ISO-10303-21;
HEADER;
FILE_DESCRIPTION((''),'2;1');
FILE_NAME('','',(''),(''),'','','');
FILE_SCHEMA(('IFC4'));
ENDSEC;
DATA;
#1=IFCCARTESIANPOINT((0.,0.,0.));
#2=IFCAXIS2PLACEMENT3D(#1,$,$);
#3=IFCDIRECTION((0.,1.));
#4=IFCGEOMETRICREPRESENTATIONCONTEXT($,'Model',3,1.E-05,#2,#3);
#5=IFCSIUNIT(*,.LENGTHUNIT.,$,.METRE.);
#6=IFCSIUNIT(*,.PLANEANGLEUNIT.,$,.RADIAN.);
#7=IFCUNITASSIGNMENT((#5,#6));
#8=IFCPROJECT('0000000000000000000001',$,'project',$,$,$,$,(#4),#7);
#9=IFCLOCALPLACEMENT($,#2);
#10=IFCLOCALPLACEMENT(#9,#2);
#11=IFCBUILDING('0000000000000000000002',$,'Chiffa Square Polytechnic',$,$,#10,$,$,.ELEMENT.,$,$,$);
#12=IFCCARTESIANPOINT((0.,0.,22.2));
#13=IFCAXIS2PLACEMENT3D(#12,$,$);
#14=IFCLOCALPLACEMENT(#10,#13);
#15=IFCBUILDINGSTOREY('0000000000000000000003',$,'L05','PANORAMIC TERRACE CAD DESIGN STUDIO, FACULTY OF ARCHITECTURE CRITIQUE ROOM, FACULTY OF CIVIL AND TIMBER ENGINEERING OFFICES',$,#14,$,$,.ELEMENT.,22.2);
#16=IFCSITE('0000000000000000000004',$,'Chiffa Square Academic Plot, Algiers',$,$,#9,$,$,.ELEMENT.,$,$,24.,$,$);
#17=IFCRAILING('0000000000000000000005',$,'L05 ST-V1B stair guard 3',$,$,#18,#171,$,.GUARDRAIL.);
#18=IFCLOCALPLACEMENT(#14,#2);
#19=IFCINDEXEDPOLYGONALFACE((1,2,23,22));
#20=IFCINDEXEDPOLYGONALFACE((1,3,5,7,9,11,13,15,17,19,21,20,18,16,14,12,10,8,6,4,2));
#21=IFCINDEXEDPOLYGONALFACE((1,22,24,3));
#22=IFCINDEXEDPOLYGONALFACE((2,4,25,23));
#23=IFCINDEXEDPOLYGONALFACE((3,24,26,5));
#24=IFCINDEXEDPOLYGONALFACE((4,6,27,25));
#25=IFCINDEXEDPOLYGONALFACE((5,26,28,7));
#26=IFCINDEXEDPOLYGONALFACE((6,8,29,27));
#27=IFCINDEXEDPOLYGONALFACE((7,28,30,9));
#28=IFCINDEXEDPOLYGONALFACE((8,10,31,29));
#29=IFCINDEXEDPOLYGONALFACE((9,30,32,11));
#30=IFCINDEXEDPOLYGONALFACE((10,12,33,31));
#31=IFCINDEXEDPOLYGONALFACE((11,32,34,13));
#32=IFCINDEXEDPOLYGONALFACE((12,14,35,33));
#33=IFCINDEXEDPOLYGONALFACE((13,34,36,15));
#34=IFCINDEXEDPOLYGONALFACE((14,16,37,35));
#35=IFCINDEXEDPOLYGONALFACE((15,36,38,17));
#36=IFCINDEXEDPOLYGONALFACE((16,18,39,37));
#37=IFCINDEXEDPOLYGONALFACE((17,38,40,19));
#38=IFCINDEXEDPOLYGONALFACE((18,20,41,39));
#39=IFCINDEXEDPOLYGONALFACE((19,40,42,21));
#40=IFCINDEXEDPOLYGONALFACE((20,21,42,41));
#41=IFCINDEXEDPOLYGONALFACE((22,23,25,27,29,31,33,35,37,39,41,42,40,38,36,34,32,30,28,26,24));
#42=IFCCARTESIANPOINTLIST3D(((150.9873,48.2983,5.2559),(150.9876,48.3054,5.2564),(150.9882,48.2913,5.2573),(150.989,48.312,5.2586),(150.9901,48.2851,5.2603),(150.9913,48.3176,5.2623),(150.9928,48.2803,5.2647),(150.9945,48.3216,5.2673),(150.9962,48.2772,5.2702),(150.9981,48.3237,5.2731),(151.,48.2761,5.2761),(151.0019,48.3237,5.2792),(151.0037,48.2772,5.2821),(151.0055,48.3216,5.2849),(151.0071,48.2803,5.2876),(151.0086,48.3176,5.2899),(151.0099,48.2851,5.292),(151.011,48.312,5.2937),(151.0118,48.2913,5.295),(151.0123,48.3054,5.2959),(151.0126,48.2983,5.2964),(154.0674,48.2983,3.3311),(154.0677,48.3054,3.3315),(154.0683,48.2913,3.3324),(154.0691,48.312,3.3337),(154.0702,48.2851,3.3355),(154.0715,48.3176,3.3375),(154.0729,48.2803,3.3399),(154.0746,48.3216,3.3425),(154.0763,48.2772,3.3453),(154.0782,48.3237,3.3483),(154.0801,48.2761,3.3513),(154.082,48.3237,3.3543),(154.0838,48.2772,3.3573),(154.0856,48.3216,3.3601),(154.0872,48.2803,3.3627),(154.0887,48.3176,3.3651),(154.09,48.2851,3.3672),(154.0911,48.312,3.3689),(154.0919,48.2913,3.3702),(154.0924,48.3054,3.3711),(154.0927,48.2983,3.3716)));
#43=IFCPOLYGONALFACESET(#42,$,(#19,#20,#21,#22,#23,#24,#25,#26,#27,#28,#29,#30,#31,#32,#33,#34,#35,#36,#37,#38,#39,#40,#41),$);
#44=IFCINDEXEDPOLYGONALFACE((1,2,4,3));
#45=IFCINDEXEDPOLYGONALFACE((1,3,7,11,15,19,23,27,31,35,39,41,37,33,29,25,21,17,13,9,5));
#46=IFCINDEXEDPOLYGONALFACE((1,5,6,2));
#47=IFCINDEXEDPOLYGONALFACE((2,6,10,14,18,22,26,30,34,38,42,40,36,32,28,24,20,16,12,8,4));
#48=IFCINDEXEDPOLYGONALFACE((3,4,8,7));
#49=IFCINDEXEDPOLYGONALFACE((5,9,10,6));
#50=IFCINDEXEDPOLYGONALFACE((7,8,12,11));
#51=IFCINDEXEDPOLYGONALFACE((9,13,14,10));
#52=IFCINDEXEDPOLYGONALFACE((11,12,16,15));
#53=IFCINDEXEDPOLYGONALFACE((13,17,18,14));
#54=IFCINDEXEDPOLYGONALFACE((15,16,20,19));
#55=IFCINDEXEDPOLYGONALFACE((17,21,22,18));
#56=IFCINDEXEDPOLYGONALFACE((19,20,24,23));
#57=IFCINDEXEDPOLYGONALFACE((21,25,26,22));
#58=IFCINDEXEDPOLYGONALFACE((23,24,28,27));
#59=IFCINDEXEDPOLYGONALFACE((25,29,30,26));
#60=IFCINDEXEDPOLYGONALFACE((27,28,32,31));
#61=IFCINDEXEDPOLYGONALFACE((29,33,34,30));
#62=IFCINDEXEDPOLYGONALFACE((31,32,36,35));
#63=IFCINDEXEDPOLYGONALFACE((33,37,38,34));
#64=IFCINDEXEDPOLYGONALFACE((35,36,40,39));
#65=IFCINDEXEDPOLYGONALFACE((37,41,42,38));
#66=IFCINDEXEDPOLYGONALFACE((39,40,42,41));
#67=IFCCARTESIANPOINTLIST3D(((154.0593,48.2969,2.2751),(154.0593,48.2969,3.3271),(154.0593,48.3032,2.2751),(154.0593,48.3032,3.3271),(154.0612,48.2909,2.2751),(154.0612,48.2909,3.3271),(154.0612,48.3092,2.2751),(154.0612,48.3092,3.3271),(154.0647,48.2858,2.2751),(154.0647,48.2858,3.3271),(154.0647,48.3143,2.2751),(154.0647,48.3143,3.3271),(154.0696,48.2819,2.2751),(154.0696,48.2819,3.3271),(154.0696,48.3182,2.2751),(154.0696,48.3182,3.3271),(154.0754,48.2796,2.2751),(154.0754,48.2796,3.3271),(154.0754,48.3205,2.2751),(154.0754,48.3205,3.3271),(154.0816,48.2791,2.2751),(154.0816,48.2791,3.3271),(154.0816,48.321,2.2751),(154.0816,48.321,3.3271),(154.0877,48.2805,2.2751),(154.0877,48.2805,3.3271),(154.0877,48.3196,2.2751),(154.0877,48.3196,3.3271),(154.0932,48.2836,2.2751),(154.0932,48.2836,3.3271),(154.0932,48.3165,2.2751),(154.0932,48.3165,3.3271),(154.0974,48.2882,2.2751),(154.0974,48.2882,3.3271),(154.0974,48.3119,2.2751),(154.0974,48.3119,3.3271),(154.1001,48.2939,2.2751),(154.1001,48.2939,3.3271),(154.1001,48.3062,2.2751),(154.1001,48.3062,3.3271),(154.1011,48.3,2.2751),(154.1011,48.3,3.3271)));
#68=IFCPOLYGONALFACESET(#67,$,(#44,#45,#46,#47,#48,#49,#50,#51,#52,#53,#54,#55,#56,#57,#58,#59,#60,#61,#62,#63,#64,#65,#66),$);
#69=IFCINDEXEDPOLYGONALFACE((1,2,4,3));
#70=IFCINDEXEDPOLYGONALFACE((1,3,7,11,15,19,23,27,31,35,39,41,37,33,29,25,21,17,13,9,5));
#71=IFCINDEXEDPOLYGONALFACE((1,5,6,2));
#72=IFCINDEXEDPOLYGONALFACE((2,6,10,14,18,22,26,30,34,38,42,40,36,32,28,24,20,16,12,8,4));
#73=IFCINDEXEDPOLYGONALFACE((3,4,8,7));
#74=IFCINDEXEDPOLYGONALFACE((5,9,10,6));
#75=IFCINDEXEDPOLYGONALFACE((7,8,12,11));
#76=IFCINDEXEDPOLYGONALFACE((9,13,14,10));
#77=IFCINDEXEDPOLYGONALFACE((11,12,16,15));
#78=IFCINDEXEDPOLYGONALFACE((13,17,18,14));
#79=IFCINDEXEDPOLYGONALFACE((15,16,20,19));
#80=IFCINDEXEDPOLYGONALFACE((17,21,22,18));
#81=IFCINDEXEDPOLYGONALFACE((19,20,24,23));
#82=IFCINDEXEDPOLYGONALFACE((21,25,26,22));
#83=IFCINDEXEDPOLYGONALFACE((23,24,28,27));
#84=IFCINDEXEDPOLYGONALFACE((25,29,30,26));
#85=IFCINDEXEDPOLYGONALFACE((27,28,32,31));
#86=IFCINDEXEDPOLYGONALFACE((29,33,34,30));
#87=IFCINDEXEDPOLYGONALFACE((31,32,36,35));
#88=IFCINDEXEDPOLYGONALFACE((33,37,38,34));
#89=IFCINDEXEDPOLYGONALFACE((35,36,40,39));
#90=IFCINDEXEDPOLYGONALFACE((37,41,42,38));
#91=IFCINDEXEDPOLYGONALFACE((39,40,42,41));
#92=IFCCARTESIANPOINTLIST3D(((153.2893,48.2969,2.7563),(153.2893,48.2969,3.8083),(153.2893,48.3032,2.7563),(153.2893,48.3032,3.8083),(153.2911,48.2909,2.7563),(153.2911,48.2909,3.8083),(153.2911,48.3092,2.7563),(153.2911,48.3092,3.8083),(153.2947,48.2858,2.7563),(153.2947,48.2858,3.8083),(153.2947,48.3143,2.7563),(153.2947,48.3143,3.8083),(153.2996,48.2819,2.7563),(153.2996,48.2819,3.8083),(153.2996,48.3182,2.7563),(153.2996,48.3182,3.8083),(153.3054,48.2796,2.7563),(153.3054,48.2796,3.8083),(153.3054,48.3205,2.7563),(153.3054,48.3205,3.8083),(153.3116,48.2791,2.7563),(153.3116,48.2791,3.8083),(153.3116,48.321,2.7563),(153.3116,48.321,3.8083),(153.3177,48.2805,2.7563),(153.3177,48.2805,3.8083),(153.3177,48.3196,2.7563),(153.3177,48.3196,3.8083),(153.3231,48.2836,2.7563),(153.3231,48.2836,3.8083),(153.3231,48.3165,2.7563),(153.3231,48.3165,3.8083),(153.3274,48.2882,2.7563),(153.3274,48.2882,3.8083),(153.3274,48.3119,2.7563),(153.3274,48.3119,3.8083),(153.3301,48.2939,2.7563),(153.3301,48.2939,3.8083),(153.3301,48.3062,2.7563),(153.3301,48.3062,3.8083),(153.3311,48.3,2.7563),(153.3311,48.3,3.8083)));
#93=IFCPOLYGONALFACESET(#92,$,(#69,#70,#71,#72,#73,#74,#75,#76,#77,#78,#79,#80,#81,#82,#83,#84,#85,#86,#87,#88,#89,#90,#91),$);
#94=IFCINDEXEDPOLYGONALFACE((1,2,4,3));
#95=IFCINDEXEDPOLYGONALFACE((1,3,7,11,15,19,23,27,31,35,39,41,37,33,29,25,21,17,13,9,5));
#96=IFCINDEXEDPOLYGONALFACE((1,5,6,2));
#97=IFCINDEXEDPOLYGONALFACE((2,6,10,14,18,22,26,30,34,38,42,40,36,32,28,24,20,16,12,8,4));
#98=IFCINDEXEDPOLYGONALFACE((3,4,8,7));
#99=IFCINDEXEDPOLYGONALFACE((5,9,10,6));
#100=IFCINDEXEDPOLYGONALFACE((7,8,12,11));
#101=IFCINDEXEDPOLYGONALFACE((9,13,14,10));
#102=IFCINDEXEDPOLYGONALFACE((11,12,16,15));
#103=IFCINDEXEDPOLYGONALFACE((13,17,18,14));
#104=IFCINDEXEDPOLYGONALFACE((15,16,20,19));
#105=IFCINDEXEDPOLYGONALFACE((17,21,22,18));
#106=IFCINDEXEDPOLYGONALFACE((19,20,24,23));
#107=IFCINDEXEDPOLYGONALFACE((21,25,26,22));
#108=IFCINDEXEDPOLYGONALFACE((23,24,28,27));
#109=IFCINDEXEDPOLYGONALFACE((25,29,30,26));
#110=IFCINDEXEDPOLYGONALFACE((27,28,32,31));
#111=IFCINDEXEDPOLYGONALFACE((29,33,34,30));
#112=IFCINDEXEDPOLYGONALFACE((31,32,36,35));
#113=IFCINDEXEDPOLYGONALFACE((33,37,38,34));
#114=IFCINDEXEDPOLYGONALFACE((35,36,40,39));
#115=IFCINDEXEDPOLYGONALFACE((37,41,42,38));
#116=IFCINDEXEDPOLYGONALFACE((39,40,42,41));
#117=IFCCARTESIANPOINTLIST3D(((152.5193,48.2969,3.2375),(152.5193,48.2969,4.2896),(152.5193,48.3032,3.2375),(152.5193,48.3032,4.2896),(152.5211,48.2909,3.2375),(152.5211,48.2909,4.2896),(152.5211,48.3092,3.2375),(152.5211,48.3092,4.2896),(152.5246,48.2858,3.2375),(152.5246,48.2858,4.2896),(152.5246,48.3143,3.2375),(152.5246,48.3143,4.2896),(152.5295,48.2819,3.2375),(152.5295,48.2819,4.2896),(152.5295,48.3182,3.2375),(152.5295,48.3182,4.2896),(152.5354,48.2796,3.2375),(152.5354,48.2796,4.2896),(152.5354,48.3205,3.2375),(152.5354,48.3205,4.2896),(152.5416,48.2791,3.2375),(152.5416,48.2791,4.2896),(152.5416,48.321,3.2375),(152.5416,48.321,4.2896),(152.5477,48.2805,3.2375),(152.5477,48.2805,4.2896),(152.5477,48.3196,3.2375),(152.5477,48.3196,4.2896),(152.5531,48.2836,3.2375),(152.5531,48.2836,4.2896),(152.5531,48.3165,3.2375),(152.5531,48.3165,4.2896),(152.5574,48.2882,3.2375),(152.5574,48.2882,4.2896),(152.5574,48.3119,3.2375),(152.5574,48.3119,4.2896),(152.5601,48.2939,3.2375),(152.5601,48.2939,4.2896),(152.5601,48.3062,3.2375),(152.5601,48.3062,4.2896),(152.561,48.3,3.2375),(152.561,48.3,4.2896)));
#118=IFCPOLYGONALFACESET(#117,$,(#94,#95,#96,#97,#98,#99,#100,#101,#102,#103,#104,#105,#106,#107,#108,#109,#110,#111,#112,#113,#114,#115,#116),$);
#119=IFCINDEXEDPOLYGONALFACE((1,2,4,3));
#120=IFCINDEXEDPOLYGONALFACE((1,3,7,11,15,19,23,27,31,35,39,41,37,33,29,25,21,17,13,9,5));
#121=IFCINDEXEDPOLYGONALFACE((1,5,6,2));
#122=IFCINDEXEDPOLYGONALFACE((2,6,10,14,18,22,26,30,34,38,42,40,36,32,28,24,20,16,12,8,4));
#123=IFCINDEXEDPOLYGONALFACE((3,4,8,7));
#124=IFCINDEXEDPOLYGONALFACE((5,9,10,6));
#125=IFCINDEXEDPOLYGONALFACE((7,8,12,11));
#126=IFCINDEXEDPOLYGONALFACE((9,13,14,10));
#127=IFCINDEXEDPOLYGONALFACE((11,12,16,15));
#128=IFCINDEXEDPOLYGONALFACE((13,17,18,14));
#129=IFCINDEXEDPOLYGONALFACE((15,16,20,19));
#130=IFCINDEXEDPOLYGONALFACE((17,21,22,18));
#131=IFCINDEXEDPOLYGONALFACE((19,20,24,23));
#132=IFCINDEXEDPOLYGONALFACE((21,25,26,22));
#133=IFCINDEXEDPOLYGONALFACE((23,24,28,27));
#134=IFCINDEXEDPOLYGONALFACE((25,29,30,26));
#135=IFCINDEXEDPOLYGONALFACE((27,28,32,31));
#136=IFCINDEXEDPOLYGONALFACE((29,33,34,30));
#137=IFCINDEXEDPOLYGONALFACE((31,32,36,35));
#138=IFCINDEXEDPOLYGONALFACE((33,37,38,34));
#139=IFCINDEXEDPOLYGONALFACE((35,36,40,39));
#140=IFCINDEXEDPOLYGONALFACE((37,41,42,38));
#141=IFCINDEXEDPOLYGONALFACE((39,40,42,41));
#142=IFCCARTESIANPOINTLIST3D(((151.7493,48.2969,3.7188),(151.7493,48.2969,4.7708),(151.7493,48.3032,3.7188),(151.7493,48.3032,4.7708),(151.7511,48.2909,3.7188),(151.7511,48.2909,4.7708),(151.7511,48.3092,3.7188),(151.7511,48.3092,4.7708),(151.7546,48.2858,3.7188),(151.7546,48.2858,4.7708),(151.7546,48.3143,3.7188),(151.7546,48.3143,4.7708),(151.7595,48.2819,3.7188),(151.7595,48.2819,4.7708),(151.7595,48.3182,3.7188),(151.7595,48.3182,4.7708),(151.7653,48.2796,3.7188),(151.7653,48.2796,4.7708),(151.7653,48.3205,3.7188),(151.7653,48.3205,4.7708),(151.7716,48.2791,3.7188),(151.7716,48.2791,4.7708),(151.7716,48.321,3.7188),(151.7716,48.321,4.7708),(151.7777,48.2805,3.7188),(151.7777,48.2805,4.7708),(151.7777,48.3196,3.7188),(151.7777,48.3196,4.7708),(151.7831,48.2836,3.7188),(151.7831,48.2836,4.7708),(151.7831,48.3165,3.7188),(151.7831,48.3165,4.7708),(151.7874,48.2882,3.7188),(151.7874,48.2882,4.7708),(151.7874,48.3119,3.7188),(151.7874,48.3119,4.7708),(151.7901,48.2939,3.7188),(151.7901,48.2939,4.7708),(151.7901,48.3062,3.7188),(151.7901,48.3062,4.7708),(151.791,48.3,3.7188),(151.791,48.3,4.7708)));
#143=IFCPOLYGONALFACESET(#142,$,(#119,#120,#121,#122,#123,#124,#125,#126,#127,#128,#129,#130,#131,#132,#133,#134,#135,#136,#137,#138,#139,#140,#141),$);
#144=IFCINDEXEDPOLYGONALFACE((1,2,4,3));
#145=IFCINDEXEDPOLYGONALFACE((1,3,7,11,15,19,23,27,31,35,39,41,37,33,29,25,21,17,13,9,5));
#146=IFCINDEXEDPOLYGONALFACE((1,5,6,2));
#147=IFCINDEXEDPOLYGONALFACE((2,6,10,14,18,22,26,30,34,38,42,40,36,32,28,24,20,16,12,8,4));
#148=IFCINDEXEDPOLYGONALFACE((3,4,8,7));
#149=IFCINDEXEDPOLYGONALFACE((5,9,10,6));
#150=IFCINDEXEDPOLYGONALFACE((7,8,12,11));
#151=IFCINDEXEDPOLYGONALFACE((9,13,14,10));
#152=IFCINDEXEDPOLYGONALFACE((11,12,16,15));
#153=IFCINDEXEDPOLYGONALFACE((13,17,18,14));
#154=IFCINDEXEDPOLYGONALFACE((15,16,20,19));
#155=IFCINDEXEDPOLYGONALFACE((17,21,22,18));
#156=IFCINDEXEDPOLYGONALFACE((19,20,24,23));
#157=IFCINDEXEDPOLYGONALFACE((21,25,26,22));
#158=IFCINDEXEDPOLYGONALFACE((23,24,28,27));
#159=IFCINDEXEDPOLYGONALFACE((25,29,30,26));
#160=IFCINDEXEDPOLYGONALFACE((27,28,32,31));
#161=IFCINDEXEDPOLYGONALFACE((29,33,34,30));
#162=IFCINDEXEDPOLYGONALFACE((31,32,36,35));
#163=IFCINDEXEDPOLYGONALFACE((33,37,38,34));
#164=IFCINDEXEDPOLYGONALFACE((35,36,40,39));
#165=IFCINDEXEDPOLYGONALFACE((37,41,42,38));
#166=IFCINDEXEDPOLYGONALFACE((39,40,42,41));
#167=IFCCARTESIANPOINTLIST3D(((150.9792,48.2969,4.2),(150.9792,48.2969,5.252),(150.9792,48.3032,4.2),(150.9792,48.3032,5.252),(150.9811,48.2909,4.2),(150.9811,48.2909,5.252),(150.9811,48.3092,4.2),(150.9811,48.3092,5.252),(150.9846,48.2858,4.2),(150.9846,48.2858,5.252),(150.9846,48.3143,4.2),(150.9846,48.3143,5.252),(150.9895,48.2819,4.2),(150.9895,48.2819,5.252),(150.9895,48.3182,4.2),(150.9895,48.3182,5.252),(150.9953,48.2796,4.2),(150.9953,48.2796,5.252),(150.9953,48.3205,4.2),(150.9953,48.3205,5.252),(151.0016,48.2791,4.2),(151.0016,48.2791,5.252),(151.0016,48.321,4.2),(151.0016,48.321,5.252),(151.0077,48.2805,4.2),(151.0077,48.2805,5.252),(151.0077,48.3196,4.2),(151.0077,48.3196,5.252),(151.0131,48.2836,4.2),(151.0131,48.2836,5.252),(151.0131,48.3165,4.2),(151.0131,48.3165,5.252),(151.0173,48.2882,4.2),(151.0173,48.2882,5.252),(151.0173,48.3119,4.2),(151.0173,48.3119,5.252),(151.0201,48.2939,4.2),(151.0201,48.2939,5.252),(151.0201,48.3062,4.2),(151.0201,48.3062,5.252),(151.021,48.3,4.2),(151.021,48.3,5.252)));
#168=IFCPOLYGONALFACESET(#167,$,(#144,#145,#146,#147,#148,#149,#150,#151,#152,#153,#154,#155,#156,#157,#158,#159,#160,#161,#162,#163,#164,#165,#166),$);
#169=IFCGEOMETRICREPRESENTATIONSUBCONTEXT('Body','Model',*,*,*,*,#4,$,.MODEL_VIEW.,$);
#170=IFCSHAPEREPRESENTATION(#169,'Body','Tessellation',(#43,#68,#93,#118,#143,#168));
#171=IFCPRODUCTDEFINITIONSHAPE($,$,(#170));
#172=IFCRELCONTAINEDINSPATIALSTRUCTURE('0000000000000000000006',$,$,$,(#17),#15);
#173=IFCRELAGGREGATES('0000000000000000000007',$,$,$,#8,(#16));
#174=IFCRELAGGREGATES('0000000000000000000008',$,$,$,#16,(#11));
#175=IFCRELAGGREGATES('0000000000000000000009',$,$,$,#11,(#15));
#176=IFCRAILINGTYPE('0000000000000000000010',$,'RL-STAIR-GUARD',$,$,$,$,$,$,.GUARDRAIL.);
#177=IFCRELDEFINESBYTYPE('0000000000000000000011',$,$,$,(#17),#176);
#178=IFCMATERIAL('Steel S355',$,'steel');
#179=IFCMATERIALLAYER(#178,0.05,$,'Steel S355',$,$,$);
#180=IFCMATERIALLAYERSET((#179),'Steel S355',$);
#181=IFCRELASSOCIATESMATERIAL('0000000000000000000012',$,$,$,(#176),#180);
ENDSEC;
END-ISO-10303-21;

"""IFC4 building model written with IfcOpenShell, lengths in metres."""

from ifc_helpers import new_model, si_unit, direction, frame, origin, origin_2d, place, context, subcontext, project, spatial, circle, extrude, material, layer, layer_set, type_object, element, save


model = new_model("IFC4")

# Units and contexts
model_context = context("Model", 3, precision=1e-05, world=origin(), true_north=direction((0.0, 1.0)))
body_context = subcontext(model_context, "Body", "Model", "MODEL_VIEW")
ifc_project = project(units=[si_unit("LENGTHUNIT", "METRE"), si_unit("PLANEANGLEUNIT", "RADIAN")], contexts=[model_context])

# Site, building, storey
site_placement = place(None, origin())
site = spatial("IfcSite", under=ifc_project, at=site_placement, Name="Chiffa Square Academic Plot, Algiers", CompositionType="ELEMENT", RefElevation=24.0)
building_placement = place(site_placement, origin())
building = spatial("IfcBuilding", under=site, at=building_placement, Name="Chiffa Square Polytechnic", CompositionType="ELEMENT")
storey_placement = place(building_placement, frame((0.0, 0.0, 22.2)))
storey = spatial("IfcBuildingStorey", under=building, at=storey_placement, Name="L05", Description="PANORAMIC TERRACE CAD DESIGN STUDIO, FACULTY OF ARCHITECTURE CRITIQUE ROOM, FACULTY OF CIVIL AND TIMBER ENGINEERING OFFICES", CompositionType="ELEMENT", Elevation=22.2)

# Railing
ifc_material_1 = material(Name="Steel S355", Category="steel")
ifc_layer_1 = layer(ifc_material_1, 0.05, Name="Steel S355")
ifc_layer_set_1 = layer_set([ifc_layer_1], Name="Steel S355")
railing_type_1 = type_object("IfcRailingType", Name="RL-STAIR-GUARD", PredefinedType="GUARDRAIL", material=ifc_layer_set_1)
railing_1_placement = place(storey_placement, frame((154.0801, 48.3, 2.2751)))
element("IfcRailing", 1, at=railing_1_placement, inside=storey, type_object=railing_type_1, Name="L05 ST-V1B stair guard 3", PredefinedType="GUARDRAIL", context=body_context, shape_type="SweptSolid", body=[
    extrude(circle(Radius=0.0239, at=origin_2d()), frame((0.0, 0.0, 1.0762), z_axis=(-0.848029, 0.0, 0.529951), x_axis=(0.0, -1.0, 0.0)), (0.0, 0.0, 1.0), 3.6321),
    extrude(circle(Radius=0.021, at=origin_2d()), origin(), (0.0, 0.0, 1.0), 1.052),
    extrude(circle(Radius=0.021, at=origin_2d()), frame((-0.77, 0.0, 0.4812)), (0.0, 0.0, 1.0), 1.052),
    extrude(circle(Radius=0.021, at=origin_2d()), frame((-1.54, 0.0, 0.9624)), (0.0, 0.0, 1.0), 1.052),
    extrude(circle(Radius=0.021, at=origin_2d()), frame((-2.3101, 0.0, 1.4436)), (0.0, 0.0, 1.0), 1.052),
    extrude(circle(Radius=0.021, at=origin_2d()), frame((-3.0801, 0.0, 1.9248)), (0.0, 0.0, 1.0), 1.052),
])

save(model, "model.ifc")
